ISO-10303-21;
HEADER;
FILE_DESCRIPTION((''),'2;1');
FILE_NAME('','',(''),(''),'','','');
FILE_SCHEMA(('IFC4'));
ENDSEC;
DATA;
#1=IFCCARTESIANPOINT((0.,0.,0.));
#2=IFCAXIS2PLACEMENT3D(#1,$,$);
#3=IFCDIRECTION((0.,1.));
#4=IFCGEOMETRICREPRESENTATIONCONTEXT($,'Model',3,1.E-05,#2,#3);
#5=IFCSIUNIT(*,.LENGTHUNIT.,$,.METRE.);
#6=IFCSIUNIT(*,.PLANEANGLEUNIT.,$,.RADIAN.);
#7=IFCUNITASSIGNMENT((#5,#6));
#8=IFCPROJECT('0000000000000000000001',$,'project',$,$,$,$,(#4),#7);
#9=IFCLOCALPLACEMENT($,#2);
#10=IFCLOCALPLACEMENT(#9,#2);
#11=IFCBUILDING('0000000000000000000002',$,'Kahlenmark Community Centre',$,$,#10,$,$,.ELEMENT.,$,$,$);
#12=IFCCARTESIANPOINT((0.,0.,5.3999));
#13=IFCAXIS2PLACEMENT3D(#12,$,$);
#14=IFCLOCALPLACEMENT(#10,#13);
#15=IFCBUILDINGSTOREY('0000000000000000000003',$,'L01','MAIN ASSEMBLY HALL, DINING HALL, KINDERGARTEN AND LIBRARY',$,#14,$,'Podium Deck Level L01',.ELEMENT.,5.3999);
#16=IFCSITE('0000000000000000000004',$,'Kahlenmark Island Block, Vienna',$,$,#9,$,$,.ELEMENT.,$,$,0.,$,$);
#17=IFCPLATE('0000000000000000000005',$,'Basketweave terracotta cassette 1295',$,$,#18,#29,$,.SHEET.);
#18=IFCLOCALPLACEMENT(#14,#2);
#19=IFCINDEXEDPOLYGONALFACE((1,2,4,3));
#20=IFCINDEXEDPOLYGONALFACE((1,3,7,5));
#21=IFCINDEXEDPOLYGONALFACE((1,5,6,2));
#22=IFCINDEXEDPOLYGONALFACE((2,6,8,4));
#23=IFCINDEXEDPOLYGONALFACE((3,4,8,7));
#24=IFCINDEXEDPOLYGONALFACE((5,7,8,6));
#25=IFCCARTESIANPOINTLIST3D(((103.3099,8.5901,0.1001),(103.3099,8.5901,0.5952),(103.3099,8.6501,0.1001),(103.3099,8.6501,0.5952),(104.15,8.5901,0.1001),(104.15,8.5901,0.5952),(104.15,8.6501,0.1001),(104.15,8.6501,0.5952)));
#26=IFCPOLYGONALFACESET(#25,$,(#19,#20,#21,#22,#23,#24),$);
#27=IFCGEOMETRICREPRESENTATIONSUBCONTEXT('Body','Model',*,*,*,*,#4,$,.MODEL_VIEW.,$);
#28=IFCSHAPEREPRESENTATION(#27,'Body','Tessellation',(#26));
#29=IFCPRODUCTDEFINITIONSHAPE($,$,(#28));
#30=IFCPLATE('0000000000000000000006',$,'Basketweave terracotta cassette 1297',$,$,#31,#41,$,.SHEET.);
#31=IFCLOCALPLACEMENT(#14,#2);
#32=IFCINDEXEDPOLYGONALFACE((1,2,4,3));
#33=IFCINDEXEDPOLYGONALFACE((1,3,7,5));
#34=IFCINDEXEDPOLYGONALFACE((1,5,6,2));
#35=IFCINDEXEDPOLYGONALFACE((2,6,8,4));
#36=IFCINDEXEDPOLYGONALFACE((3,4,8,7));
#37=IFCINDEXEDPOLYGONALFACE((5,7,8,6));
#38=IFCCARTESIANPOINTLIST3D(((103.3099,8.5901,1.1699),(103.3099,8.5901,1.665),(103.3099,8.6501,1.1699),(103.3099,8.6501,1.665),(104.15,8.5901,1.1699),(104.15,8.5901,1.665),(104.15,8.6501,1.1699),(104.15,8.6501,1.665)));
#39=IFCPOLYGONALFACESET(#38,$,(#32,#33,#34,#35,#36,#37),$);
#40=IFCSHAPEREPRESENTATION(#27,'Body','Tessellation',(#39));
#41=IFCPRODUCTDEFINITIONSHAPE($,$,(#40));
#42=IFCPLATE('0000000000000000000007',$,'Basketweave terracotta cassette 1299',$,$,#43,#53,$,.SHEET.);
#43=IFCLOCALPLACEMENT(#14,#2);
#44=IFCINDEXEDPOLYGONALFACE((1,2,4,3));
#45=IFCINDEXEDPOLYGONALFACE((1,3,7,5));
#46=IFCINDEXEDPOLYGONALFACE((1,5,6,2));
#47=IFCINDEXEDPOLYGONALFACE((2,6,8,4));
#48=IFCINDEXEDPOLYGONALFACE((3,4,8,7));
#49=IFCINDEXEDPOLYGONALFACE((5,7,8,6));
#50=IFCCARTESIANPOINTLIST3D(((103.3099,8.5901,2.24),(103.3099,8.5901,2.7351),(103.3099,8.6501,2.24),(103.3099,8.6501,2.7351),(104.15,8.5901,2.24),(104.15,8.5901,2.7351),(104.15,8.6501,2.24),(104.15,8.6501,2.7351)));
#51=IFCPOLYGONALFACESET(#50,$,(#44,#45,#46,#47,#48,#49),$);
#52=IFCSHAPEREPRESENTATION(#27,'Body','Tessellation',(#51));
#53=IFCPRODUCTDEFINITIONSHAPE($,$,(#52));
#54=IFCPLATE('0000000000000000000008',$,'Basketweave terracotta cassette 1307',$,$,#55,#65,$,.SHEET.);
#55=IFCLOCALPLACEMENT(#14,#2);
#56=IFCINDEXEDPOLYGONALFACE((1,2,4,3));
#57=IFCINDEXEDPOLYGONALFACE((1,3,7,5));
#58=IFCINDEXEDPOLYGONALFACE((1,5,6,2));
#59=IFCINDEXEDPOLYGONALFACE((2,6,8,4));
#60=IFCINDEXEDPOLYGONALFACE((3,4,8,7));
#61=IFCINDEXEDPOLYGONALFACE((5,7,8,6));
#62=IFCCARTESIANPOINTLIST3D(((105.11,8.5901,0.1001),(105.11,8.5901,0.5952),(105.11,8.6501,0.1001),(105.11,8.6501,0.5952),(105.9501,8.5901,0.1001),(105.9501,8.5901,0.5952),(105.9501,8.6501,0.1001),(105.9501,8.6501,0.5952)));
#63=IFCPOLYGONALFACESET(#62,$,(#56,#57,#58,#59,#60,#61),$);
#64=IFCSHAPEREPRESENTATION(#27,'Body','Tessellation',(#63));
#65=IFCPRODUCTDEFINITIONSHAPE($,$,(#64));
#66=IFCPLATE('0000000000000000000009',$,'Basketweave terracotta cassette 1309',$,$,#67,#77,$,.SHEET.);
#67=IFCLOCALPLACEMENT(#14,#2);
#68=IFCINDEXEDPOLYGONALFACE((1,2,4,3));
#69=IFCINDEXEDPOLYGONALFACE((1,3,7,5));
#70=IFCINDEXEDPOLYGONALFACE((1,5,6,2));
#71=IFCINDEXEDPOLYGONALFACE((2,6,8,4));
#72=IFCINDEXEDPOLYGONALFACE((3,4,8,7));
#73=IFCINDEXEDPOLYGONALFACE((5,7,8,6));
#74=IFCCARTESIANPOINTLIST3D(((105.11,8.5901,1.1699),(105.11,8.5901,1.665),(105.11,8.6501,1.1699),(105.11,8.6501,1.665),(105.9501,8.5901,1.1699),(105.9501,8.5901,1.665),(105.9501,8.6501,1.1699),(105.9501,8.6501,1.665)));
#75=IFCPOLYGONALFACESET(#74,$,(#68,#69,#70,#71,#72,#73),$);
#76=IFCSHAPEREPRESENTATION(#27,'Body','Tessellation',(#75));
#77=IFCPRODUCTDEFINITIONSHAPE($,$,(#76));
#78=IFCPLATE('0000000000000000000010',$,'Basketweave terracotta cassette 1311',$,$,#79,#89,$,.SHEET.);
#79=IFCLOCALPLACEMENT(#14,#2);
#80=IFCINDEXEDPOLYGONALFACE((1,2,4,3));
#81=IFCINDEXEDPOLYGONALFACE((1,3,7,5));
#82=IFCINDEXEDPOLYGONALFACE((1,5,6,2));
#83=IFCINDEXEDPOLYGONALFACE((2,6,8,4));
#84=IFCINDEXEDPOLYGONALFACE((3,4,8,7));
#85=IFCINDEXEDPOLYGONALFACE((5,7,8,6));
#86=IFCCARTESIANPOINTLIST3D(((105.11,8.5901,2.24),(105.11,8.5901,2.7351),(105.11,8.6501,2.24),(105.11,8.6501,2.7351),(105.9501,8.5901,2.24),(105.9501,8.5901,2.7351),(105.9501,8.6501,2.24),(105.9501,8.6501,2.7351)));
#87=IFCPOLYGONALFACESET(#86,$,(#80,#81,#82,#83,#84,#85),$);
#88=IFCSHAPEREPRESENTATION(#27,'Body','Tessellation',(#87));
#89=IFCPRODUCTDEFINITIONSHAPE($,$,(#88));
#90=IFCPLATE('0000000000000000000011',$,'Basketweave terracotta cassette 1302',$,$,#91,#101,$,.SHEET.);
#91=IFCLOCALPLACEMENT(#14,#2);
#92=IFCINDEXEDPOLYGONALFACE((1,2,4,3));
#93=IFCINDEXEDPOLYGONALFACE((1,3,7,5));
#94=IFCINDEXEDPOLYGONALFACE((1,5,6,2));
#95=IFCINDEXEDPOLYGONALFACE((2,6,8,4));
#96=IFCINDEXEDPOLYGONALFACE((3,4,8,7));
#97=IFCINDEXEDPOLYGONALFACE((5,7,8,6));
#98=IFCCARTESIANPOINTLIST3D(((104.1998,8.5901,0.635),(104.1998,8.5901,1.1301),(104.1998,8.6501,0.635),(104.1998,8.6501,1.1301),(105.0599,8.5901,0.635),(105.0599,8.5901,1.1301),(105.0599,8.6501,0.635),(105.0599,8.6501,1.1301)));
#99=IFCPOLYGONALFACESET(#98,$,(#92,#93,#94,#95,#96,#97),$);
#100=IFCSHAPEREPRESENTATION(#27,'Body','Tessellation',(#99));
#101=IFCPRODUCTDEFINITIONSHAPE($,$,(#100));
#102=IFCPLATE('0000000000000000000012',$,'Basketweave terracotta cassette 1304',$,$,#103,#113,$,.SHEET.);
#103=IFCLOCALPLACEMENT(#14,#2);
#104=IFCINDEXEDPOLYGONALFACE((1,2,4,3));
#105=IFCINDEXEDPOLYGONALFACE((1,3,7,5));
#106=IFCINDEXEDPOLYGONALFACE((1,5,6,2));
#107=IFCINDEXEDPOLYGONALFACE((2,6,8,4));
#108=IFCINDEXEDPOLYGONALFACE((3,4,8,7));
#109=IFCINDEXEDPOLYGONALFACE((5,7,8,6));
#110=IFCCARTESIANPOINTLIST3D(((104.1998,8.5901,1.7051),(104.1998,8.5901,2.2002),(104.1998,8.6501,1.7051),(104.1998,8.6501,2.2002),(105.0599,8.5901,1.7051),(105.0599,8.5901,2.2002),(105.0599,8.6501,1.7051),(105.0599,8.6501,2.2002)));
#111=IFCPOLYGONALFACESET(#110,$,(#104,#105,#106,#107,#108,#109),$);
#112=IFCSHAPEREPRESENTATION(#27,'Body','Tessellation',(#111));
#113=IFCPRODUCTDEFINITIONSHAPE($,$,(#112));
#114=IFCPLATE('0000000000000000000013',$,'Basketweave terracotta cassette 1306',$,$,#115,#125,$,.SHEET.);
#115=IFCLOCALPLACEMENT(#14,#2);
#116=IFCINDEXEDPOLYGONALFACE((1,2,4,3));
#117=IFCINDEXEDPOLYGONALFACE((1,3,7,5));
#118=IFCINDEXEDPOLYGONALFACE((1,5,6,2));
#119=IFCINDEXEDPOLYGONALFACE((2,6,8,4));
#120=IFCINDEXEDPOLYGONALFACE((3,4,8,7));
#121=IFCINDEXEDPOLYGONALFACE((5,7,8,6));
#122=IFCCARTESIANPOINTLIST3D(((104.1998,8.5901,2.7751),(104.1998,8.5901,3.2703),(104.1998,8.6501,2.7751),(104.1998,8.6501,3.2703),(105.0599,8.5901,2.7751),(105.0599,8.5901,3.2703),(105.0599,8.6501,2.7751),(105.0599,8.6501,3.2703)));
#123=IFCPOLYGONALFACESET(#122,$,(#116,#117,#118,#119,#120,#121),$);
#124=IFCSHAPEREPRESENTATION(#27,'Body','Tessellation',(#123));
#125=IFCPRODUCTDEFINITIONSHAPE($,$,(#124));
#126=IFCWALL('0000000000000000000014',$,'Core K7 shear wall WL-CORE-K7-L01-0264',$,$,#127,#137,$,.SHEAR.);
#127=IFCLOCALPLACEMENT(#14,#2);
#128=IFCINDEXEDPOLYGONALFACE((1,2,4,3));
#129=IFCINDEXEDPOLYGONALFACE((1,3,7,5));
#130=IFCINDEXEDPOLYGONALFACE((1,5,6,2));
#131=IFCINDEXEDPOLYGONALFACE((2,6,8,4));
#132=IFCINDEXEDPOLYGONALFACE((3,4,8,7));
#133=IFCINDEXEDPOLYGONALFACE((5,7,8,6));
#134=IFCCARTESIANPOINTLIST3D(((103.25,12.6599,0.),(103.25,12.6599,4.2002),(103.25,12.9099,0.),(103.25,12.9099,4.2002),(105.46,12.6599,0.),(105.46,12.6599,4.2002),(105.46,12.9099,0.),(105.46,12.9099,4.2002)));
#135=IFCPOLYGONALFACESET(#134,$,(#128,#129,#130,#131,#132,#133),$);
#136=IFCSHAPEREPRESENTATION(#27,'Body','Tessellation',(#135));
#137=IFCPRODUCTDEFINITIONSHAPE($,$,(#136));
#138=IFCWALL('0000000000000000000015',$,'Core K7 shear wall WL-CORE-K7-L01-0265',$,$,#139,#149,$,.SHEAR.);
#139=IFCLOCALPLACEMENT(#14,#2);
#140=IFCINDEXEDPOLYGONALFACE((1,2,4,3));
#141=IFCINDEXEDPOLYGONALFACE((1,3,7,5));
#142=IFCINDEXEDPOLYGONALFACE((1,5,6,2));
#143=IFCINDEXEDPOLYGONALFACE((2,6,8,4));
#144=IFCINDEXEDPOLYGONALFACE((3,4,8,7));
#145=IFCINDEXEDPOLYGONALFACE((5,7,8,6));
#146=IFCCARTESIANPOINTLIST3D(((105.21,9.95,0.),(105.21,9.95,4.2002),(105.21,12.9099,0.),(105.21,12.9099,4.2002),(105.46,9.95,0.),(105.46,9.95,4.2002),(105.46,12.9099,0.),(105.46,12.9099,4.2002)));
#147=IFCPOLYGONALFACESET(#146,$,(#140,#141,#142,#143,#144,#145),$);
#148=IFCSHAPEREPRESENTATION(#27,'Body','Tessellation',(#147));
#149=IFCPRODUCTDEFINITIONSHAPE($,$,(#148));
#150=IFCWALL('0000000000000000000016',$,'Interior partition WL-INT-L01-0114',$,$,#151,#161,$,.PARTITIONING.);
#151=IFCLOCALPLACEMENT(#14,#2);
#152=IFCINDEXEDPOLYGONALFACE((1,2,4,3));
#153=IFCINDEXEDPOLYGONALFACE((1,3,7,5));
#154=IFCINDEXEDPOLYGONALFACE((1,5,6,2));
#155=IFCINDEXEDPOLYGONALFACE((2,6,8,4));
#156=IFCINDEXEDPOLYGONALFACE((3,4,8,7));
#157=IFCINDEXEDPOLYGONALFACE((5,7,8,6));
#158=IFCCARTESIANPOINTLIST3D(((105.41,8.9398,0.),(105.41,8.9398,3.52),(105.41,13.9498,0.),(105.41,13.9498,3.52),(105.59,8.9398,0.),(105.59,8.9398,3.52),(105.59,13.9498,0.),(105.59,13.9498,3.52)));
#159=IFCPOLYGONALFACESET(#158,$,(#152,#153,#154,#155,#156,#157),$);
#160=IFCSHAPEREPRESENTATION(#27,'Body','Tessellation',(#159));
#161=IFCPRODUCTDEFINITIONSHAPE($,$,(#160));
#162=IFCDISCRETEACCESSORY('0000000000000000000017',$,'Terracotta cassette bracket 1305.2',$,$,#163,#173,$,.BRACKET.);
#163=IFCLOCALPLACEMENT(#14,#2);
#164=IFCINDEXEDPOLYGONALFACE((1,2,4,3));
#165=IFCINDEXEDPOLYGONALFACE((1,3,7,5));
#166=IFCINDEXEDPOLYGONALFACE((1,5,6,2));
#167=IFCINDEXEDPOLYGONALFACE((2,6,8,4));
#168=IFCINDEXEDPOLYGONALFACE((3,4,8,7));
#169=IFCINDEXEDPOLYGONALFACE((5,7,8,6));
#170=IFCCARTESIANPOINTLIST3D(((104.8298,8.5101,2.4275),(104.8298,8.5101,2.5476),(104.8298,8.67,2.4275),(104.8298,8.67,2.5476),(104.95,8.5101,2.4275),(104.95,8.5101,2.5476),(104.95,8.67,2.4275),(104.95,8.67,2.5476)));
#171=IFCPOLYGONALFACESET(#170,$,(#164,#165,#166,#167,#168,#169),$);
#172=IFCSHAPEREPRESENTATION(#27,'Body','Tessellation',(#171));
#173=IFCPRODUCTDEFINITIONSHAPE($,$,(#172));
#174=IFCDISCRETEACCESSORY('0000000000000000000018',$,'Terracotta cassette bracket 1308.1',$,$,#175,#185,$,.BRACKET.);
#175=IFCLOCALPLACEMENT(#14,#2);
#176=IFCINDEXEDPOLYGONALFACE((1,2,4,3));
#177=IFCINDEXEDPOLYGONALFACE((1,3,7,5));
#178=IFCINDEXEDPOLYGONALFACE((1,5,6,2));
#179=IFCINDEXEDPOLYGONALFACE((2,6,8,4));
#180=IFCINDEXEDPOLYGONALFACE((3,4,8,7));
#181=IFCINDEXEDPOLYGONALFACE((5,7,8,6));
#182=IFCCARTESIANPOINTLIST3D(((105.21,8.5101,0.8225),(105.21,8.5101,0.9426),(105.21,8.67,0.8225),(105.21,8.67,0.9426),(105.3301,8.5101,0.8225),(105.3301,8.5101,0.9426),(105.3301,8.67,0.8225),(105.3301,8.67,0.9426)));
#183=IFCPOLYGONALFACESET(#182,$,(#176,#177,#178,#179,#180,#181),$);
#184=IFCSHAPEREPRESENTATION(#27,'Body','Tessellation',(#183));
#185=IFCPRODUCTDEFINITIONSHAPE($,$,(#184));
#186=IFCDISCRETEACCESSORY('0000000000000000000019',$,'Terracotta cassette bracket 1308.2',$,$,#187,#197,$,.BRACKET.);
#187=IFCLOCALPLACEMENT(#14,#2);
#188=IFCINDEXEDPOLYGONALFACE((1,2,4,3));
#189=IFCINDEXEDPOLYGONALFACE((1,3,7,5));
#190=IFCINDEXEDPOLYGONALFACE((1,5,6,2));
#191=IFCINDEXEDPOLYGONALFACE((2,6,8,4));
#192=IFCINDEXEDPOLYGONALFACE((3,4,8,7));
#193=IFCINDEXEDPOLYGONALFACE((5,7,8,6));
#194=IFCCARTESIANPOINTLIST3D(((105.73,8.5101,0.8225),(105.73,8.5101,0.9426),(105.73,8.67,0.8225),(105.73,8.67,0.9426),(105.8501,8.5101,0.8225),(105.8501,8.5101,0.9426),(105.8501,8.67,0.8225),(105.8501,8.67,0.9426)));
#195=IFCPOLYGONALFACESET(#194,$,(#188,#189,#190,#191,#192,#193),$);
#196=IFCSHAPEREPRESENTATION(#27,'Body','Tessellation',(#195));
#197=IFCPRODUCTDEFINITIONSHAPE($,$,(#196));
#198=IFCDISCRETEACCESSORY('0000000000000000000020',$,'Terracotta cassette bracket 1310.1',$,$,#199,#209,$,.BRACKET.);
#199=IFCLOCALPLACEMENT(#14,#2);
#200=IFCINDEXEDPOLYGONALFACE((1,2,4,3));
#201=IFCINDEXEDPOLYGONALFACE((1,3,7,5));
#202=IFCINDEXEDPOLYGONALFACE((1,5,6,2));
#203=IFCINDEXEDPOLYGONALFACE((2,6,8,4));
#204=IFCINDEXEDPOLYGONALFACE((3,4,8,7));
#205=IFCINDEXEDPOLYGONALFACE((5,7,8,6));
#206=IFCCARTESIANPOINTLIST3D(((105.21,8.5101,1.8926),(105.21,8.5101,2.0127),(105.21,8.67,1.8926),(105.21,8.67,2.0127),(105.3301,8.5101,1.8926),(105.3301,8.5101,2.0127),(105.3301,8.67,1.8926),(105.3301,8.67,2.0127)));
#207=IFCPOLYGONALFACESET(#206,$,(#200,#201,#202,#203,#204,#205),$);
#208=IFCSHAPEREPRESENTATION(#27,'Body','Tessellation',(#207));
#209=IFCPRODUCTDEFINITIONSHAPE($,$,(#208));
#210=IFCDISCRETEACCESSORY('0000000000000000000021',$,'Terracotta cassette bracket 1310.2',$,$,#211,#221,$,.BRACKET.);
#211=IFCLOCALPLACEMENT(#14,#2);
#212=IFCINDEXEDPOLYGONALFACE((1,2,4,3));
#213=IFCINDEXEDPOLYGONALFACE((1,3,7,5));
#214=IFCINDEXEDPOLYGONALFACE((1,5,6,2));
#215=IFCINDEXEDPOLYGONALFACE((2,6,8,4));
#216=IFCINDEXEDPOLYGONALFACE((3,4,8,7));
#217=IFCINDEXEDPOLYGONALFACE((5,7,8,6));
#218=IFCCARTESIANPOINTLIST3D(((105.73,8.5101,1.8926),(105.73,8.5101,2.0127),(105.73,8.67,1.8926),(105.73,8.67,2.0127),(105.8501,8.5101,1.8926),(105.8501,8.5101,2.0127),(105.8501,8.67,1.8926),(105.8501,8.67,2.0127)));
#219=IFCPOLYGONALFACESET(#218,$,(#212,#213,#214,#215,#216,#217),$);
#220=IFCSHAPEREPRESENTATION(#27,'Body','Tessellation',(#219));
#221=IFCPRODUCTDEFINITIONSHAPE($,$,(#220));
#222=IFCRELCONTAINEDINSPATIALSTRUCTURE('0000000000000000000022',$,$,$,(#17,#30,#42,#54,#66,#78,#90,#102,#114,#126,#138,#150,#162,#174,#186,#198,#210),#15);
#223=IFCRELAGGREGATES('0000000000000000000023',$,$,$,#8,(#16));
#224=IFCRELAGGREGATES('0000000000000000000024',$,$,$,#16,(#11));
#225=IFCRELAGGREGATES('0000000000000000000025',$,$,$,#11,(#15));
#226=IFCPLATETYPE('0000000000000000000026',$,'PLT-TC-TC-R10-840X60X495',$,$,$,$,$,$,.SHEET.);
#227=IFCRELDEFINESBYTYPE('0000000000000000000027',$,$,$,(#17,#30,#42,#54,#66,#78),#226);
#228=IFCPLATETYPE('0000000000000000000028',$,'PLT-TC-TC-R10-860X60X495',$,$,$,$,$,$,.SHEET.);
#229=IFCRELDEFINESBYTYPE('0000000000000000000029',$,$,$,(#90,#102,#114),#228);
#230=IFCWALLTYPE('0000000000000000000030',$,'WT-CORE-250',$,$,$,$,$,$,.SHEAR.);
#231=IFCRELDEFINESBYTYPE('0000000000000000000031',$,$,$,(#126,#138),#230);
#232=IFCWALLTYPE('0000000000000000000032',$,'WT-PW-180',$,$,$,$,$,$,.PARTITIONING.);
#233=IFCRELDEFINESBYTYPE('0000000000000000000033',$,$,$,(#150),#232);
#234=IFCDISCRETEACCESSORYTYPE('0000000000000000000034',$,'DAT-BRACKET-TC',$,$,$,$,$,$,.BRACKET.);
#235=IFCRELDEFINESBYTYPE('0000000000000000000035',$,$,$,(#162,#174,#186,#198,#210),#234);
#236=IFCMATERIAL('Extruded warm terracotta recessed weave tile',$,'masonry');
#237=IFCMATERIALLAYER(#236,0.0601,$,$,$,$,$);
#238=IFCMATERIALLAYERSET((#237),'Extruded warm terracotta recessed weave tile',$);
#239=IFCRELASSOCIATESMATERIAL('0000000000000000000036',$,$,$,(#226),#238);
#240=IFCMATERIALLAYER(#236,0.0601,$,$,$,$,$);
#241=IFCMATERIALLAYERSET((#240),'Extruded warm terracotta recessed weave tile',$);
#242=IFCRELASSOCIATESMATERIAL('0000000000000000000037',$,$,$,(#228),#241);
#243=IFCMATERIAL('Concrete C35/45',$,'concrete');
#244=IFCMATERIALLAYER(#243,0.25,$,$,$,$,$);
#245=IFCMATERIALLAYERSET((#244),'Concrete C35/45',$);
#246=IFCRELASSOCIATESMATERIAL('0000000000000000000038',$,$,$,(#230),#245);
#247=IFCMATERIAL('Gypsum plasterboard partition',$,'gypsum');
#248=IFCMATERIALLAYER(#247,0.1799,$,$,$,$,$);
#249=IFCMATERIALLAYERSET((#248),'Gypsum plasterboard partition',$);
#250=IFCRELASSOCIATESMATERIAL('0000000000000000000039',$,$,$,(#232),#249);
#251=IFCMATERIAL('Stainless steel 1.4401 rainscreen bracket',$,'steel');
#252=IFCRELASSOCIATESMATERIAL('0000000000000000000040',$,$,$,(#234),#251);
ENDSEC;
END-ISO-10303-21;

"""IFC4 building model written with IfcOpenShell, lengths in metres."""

from ifc_helpers import new_model, si_unit, direction, frame, frame_2d, origin, origin_2d, place, context, subcontext, project, spatial, rectangle, extrude, material, layer, layer_set, type_object, element, save


model = new_model("IFC4")

# Units and contexts
model_context = context("Model", 3, precision=1e-05, world=origin(), true_north=direction((0.0, 1.0)))
body_context = subcontext(model_context, "Body", "Model", "MODEL_VIEW")
ifc_project = project(units=[si_unit("LENGTHUNIT", "METRE"), si_unit("PLANEANGLEUNIT", "RADIAN")], contexts=[model_context])

# Site, building, storey
site_placement = place(None, origin())
site = spatial("IfcSite", under=ifc_project, at=site_placement, Name="Kahlenmark Island Block, Vienna", CompositionType="ELEMENT", RefElevation=0.0)
building_placement = place(site_placement, origin())
building = spatial("IfcBuilding", under=site, at=building_placement, Name="Kahlenmark Community Centre", CompositionType="ELEMENT")
storey_placement = place(building_placement, frame((0.0, 0.0, 5.3999)))
storey = spatial("IfcBuildingStorey", under=building, at=storey_placement, Name="L01", Description="MAIN ASSEMBLY HALL, DINING HALL, KINDERGARTEN AND LIBRARY", LongName="Podium Deck Level L01", CompositionType="ELEMENT", Elevation=5.3999)

# Plates
ifc_material_1 = material(Name="Extruded warm terracotta recessed weave tile", Category="masonry")
ifc_layer_1 = layer(ifc_material_1, 0.0601)
ifc_layer_set_1 = layer_set([ifc_layer_1], Name="Extruded warm terracotta recessed weave tile")
plate_type_1 = type_object("IfcPlateType", Name="PLT-TC-TC-R10-840X60X495", PredefinedType="SHEET", material=ifc_layer_set_1)
for number, where, z_axis, x_axis, name in (
    (1, (103.73, 8.6201, 0.1001), (0.0, 0.0, 1.0), (1.0, 0.0, 0.0), "Basketweave terracotta cassette 1295"),
    (2, (103.73, 8.6201, 1.1699), (0.0, 0.0, 1.0), (1.0, 0.0, 0.0), "Basketweave terracotta cassette 1297"),
    (3, (103.73, 8.6201, 2.24), (0.0, 0.0, 1.0), (1.0, 0.0, 0.0), "Basketweave terracotta cassette 1299"),
    (4, (105.53, 8.6201, 0.1001), (0.0, 0.0, 1.0), (1.0, 0.0, 0.0), "Basketweave terracotta cassette 1307"),
    (5, (105.53, 8.6201, 1.1699), (0.0, 0.0, 1.0), (1.0, 0.0, 0.0), "Basketweave terracotta cassette 1309"),
    (6, (105.53, 8.6201, 2.24), (0.0, 0.0, 1.0), (1.0, 0.0, 0.0), "Basketweave terracotta cassette 1311"),
):
    element("IfcPlate", number, at=place(storey_placement, frame(where, z_axis=z_axis, x_axis=x_axis)), inside=storey, type_object=plate_type_1, Name=name, PredefinedType="SHEET", context=body_context, shape_type="SweptSolid", body=[
        extrude(rectangle(XDim=0.8401, YDim=0.0601, at=origin_2d()), origin(), (0.0, 0.0, 1.0), 0.4951),
    ])
ifc_layer_2 = layer(ifc_material_1, 0.0601)
ifc_layer_set_2 = layer_set([ifc_layer_2], Name="Extruded warm terracotta recessed weave tile")
plate_type_2 = type_object("IfcPlateType", Name="PLT-TC-TC-R10-860X60X495", PredefinedType="SHEET", material=ifc_layer_set_2)
for number, where, z_axis, x_axis, name in (
    (7, (104.6299, 8.6201, 0.635), (0.0, 0.0, 1.0), (1.0, 0.0, 0.0), "Basketweave terracotta cassette 1302"),
    (8, (104.6299, 8.6201, 1.7051), (0.0, 0.0, 1.0), (1.0, 0.0, 0.0), "Basketweave terracotta cassette 1304"),
    (9, (104.6299, 8.6201, 2.7751), (0.0, 0.0, 1.0), (1.0, 0.0, 0.0), "Basketweave terracotta cassette 1306"),
):
    element("IfcPlate", number, at=place(storey_placement, frame(where, z_axis=z_axis, x_axis=x_axis)), inside=storey, type_object=plate_type_2, Name=name, PredefinedType="SHEET", context=body_context, shape_type="SweptSolid", body=[
        extrude(rectangle(XDim=0.8601, YDim=0.0601, at=origin_2d()), origin(), (0.0, 0.0, 1.0), 0.4951),
    ])

# Walls
ifc_material_2 = material(Name="Concrete C35/45", Category="concrete")
ifc_layer_3 = layer(ifc_material_2, 0.25)
ifc_layer_set_3 = layer_set([ifc_layer_3], Name="Concrete C35/45")
wall_type_1 = type_object("IfcWallType", Name="WT-CORE-250", PredefinedType="SHEAR", material=ifc_layer_set_3)
wall_1_placement = place(storey_placement, frame((103.25, 12.7849, 0.0), z_axis=(0.0, 0.0, 1.0), x_axis=(1.0, 0.0, 0.0)))
element("IfcWall", 10, at=wall_1_placement, inside=storey, type_object=wall_type_1, Name="Core K7 shear wall WL-CORE-K7-L01-0264", PredefinedType="SHEAR", context=body_context, shape_type="SweptSolid", body=[
    extrude(rectangle(XDim=2.21, YDim=0.25, at=frame_2d((1.105, 0.0))), origin(), (0.0, 0.0, 1.0), 4.2002),
])
wall_2_placement = place(storey_placement, frame((105.335, 9.95, 0.0), z_axis=(0.0, 0.0, 1.0), x_axis=(0.0, 1.0, 0.0)))
element("IfcWall", 11, at=wall_2_placement, inside=storey, type_object=wall_type_1, Name="Core K7 shear wall WL-CORE-K7-L01-0265", PredefinedType="SHEAR", context=body_context, shape_type="SweptSolid", body=[
    extrude(rectangle(XDim=2.96, YDim=0.25, at=frame_2d((1.48, 0.0))), origin(), (0.0, 0.0, 1.0), 4.2002),
])

# Wall
ifc_material_3 = material(Name="Gypsum plasterboard partition", Category="gypsum")
ifc_layer_4 = layer(ifc_material_3, 0.1799)
ifc_layer_set_4 = layer_set([ifc_layer_4], Name="Gypsum plasterboard partition")
wall_type_2 = type_object("IfcWallType", Name="WT-PW-180", PredefinedType="PARTITIONING", material=ifc_layer_set_4)
wall_3_placement = place(storey_placement, frame((105.5, 8.9399, 0.0), z_axis=(0.0, 0.0, 1.0), x_axis=(0.0, 1.0, 0.0)))
element("IfcWall", 12, at=wall_3_placement, inside=storey, type_object=wall_type_2, Name="Interior partition WL-INT-L01-0114", PredefinedType="PARTITIONING", context=body_context, shape_type="SweptSolid", body=[
    extrude(rectangle(XDim=5.01, YDim=0.1799, at=frame_2d((2.5049, 0.0))), origin(), (0.0, 0.0, 1.0), 3.52),
])

# Discrete accessories
ifc_material_4 = material(Name="Stainless steel 1.4401 rainscreen bracket", Category="steel")
discrete_accessory_type = type_object("IfcDiscreteAccessoryType", Name="DAT-BRACKET-TC", PredefinedType="BRACKET", material=ifc_material_4)
for number, where, z_axis, x_axis, name in (
    (13, (104.8899, 8.5901, 2.4275), (0.0, 0.0, 1.0), (1.0, 0.0, 0.0), "Terracotta cassette bracket 1305.2"),
    (14, (105.27, 8.5901, 0.8225), (0.0, 0.0, 1.0), (1.0, 0.0, 0.0), "Terracotta cassette bracket 1308.1"),
    (15, (105.79, 8.5901, 0.8225), (0.0, 0.0, 1.0), (1.0, 0.0, 0.0), "Terracotta cassette bracket 1308.2"),
    (16, (105.27, 8.5901, 1.8926), (0.0, 0.0, 1.0), (1.0, 0.0, 0.0), "Terracotta cassette bracket 1310.1"),
    (17, (105.79, 8.5901, 1.8926), (0.0, 0.0, 1.0), (1.0, 0.0, 0.0), "Terracotta cassette bracket 1310.2"),
):
    element("IfcDiscreteAccessory", number, at=place(storey_placement, frame(where, z_axis=z_axis, x_axis=x_axis)), inside=storey, type_object=discrete_accessory_type, Name=name, PredefinedType="BRACKET", context=body_context, shape_type="SweptSolid", body=[
        extrude(rectangle(XDim=0.1201, YDim=0.1599, at=origin_2d()), origin(), (0.0, 0.0, 1.0), 0.1201),
    ])

save(model, "model.ifc")
